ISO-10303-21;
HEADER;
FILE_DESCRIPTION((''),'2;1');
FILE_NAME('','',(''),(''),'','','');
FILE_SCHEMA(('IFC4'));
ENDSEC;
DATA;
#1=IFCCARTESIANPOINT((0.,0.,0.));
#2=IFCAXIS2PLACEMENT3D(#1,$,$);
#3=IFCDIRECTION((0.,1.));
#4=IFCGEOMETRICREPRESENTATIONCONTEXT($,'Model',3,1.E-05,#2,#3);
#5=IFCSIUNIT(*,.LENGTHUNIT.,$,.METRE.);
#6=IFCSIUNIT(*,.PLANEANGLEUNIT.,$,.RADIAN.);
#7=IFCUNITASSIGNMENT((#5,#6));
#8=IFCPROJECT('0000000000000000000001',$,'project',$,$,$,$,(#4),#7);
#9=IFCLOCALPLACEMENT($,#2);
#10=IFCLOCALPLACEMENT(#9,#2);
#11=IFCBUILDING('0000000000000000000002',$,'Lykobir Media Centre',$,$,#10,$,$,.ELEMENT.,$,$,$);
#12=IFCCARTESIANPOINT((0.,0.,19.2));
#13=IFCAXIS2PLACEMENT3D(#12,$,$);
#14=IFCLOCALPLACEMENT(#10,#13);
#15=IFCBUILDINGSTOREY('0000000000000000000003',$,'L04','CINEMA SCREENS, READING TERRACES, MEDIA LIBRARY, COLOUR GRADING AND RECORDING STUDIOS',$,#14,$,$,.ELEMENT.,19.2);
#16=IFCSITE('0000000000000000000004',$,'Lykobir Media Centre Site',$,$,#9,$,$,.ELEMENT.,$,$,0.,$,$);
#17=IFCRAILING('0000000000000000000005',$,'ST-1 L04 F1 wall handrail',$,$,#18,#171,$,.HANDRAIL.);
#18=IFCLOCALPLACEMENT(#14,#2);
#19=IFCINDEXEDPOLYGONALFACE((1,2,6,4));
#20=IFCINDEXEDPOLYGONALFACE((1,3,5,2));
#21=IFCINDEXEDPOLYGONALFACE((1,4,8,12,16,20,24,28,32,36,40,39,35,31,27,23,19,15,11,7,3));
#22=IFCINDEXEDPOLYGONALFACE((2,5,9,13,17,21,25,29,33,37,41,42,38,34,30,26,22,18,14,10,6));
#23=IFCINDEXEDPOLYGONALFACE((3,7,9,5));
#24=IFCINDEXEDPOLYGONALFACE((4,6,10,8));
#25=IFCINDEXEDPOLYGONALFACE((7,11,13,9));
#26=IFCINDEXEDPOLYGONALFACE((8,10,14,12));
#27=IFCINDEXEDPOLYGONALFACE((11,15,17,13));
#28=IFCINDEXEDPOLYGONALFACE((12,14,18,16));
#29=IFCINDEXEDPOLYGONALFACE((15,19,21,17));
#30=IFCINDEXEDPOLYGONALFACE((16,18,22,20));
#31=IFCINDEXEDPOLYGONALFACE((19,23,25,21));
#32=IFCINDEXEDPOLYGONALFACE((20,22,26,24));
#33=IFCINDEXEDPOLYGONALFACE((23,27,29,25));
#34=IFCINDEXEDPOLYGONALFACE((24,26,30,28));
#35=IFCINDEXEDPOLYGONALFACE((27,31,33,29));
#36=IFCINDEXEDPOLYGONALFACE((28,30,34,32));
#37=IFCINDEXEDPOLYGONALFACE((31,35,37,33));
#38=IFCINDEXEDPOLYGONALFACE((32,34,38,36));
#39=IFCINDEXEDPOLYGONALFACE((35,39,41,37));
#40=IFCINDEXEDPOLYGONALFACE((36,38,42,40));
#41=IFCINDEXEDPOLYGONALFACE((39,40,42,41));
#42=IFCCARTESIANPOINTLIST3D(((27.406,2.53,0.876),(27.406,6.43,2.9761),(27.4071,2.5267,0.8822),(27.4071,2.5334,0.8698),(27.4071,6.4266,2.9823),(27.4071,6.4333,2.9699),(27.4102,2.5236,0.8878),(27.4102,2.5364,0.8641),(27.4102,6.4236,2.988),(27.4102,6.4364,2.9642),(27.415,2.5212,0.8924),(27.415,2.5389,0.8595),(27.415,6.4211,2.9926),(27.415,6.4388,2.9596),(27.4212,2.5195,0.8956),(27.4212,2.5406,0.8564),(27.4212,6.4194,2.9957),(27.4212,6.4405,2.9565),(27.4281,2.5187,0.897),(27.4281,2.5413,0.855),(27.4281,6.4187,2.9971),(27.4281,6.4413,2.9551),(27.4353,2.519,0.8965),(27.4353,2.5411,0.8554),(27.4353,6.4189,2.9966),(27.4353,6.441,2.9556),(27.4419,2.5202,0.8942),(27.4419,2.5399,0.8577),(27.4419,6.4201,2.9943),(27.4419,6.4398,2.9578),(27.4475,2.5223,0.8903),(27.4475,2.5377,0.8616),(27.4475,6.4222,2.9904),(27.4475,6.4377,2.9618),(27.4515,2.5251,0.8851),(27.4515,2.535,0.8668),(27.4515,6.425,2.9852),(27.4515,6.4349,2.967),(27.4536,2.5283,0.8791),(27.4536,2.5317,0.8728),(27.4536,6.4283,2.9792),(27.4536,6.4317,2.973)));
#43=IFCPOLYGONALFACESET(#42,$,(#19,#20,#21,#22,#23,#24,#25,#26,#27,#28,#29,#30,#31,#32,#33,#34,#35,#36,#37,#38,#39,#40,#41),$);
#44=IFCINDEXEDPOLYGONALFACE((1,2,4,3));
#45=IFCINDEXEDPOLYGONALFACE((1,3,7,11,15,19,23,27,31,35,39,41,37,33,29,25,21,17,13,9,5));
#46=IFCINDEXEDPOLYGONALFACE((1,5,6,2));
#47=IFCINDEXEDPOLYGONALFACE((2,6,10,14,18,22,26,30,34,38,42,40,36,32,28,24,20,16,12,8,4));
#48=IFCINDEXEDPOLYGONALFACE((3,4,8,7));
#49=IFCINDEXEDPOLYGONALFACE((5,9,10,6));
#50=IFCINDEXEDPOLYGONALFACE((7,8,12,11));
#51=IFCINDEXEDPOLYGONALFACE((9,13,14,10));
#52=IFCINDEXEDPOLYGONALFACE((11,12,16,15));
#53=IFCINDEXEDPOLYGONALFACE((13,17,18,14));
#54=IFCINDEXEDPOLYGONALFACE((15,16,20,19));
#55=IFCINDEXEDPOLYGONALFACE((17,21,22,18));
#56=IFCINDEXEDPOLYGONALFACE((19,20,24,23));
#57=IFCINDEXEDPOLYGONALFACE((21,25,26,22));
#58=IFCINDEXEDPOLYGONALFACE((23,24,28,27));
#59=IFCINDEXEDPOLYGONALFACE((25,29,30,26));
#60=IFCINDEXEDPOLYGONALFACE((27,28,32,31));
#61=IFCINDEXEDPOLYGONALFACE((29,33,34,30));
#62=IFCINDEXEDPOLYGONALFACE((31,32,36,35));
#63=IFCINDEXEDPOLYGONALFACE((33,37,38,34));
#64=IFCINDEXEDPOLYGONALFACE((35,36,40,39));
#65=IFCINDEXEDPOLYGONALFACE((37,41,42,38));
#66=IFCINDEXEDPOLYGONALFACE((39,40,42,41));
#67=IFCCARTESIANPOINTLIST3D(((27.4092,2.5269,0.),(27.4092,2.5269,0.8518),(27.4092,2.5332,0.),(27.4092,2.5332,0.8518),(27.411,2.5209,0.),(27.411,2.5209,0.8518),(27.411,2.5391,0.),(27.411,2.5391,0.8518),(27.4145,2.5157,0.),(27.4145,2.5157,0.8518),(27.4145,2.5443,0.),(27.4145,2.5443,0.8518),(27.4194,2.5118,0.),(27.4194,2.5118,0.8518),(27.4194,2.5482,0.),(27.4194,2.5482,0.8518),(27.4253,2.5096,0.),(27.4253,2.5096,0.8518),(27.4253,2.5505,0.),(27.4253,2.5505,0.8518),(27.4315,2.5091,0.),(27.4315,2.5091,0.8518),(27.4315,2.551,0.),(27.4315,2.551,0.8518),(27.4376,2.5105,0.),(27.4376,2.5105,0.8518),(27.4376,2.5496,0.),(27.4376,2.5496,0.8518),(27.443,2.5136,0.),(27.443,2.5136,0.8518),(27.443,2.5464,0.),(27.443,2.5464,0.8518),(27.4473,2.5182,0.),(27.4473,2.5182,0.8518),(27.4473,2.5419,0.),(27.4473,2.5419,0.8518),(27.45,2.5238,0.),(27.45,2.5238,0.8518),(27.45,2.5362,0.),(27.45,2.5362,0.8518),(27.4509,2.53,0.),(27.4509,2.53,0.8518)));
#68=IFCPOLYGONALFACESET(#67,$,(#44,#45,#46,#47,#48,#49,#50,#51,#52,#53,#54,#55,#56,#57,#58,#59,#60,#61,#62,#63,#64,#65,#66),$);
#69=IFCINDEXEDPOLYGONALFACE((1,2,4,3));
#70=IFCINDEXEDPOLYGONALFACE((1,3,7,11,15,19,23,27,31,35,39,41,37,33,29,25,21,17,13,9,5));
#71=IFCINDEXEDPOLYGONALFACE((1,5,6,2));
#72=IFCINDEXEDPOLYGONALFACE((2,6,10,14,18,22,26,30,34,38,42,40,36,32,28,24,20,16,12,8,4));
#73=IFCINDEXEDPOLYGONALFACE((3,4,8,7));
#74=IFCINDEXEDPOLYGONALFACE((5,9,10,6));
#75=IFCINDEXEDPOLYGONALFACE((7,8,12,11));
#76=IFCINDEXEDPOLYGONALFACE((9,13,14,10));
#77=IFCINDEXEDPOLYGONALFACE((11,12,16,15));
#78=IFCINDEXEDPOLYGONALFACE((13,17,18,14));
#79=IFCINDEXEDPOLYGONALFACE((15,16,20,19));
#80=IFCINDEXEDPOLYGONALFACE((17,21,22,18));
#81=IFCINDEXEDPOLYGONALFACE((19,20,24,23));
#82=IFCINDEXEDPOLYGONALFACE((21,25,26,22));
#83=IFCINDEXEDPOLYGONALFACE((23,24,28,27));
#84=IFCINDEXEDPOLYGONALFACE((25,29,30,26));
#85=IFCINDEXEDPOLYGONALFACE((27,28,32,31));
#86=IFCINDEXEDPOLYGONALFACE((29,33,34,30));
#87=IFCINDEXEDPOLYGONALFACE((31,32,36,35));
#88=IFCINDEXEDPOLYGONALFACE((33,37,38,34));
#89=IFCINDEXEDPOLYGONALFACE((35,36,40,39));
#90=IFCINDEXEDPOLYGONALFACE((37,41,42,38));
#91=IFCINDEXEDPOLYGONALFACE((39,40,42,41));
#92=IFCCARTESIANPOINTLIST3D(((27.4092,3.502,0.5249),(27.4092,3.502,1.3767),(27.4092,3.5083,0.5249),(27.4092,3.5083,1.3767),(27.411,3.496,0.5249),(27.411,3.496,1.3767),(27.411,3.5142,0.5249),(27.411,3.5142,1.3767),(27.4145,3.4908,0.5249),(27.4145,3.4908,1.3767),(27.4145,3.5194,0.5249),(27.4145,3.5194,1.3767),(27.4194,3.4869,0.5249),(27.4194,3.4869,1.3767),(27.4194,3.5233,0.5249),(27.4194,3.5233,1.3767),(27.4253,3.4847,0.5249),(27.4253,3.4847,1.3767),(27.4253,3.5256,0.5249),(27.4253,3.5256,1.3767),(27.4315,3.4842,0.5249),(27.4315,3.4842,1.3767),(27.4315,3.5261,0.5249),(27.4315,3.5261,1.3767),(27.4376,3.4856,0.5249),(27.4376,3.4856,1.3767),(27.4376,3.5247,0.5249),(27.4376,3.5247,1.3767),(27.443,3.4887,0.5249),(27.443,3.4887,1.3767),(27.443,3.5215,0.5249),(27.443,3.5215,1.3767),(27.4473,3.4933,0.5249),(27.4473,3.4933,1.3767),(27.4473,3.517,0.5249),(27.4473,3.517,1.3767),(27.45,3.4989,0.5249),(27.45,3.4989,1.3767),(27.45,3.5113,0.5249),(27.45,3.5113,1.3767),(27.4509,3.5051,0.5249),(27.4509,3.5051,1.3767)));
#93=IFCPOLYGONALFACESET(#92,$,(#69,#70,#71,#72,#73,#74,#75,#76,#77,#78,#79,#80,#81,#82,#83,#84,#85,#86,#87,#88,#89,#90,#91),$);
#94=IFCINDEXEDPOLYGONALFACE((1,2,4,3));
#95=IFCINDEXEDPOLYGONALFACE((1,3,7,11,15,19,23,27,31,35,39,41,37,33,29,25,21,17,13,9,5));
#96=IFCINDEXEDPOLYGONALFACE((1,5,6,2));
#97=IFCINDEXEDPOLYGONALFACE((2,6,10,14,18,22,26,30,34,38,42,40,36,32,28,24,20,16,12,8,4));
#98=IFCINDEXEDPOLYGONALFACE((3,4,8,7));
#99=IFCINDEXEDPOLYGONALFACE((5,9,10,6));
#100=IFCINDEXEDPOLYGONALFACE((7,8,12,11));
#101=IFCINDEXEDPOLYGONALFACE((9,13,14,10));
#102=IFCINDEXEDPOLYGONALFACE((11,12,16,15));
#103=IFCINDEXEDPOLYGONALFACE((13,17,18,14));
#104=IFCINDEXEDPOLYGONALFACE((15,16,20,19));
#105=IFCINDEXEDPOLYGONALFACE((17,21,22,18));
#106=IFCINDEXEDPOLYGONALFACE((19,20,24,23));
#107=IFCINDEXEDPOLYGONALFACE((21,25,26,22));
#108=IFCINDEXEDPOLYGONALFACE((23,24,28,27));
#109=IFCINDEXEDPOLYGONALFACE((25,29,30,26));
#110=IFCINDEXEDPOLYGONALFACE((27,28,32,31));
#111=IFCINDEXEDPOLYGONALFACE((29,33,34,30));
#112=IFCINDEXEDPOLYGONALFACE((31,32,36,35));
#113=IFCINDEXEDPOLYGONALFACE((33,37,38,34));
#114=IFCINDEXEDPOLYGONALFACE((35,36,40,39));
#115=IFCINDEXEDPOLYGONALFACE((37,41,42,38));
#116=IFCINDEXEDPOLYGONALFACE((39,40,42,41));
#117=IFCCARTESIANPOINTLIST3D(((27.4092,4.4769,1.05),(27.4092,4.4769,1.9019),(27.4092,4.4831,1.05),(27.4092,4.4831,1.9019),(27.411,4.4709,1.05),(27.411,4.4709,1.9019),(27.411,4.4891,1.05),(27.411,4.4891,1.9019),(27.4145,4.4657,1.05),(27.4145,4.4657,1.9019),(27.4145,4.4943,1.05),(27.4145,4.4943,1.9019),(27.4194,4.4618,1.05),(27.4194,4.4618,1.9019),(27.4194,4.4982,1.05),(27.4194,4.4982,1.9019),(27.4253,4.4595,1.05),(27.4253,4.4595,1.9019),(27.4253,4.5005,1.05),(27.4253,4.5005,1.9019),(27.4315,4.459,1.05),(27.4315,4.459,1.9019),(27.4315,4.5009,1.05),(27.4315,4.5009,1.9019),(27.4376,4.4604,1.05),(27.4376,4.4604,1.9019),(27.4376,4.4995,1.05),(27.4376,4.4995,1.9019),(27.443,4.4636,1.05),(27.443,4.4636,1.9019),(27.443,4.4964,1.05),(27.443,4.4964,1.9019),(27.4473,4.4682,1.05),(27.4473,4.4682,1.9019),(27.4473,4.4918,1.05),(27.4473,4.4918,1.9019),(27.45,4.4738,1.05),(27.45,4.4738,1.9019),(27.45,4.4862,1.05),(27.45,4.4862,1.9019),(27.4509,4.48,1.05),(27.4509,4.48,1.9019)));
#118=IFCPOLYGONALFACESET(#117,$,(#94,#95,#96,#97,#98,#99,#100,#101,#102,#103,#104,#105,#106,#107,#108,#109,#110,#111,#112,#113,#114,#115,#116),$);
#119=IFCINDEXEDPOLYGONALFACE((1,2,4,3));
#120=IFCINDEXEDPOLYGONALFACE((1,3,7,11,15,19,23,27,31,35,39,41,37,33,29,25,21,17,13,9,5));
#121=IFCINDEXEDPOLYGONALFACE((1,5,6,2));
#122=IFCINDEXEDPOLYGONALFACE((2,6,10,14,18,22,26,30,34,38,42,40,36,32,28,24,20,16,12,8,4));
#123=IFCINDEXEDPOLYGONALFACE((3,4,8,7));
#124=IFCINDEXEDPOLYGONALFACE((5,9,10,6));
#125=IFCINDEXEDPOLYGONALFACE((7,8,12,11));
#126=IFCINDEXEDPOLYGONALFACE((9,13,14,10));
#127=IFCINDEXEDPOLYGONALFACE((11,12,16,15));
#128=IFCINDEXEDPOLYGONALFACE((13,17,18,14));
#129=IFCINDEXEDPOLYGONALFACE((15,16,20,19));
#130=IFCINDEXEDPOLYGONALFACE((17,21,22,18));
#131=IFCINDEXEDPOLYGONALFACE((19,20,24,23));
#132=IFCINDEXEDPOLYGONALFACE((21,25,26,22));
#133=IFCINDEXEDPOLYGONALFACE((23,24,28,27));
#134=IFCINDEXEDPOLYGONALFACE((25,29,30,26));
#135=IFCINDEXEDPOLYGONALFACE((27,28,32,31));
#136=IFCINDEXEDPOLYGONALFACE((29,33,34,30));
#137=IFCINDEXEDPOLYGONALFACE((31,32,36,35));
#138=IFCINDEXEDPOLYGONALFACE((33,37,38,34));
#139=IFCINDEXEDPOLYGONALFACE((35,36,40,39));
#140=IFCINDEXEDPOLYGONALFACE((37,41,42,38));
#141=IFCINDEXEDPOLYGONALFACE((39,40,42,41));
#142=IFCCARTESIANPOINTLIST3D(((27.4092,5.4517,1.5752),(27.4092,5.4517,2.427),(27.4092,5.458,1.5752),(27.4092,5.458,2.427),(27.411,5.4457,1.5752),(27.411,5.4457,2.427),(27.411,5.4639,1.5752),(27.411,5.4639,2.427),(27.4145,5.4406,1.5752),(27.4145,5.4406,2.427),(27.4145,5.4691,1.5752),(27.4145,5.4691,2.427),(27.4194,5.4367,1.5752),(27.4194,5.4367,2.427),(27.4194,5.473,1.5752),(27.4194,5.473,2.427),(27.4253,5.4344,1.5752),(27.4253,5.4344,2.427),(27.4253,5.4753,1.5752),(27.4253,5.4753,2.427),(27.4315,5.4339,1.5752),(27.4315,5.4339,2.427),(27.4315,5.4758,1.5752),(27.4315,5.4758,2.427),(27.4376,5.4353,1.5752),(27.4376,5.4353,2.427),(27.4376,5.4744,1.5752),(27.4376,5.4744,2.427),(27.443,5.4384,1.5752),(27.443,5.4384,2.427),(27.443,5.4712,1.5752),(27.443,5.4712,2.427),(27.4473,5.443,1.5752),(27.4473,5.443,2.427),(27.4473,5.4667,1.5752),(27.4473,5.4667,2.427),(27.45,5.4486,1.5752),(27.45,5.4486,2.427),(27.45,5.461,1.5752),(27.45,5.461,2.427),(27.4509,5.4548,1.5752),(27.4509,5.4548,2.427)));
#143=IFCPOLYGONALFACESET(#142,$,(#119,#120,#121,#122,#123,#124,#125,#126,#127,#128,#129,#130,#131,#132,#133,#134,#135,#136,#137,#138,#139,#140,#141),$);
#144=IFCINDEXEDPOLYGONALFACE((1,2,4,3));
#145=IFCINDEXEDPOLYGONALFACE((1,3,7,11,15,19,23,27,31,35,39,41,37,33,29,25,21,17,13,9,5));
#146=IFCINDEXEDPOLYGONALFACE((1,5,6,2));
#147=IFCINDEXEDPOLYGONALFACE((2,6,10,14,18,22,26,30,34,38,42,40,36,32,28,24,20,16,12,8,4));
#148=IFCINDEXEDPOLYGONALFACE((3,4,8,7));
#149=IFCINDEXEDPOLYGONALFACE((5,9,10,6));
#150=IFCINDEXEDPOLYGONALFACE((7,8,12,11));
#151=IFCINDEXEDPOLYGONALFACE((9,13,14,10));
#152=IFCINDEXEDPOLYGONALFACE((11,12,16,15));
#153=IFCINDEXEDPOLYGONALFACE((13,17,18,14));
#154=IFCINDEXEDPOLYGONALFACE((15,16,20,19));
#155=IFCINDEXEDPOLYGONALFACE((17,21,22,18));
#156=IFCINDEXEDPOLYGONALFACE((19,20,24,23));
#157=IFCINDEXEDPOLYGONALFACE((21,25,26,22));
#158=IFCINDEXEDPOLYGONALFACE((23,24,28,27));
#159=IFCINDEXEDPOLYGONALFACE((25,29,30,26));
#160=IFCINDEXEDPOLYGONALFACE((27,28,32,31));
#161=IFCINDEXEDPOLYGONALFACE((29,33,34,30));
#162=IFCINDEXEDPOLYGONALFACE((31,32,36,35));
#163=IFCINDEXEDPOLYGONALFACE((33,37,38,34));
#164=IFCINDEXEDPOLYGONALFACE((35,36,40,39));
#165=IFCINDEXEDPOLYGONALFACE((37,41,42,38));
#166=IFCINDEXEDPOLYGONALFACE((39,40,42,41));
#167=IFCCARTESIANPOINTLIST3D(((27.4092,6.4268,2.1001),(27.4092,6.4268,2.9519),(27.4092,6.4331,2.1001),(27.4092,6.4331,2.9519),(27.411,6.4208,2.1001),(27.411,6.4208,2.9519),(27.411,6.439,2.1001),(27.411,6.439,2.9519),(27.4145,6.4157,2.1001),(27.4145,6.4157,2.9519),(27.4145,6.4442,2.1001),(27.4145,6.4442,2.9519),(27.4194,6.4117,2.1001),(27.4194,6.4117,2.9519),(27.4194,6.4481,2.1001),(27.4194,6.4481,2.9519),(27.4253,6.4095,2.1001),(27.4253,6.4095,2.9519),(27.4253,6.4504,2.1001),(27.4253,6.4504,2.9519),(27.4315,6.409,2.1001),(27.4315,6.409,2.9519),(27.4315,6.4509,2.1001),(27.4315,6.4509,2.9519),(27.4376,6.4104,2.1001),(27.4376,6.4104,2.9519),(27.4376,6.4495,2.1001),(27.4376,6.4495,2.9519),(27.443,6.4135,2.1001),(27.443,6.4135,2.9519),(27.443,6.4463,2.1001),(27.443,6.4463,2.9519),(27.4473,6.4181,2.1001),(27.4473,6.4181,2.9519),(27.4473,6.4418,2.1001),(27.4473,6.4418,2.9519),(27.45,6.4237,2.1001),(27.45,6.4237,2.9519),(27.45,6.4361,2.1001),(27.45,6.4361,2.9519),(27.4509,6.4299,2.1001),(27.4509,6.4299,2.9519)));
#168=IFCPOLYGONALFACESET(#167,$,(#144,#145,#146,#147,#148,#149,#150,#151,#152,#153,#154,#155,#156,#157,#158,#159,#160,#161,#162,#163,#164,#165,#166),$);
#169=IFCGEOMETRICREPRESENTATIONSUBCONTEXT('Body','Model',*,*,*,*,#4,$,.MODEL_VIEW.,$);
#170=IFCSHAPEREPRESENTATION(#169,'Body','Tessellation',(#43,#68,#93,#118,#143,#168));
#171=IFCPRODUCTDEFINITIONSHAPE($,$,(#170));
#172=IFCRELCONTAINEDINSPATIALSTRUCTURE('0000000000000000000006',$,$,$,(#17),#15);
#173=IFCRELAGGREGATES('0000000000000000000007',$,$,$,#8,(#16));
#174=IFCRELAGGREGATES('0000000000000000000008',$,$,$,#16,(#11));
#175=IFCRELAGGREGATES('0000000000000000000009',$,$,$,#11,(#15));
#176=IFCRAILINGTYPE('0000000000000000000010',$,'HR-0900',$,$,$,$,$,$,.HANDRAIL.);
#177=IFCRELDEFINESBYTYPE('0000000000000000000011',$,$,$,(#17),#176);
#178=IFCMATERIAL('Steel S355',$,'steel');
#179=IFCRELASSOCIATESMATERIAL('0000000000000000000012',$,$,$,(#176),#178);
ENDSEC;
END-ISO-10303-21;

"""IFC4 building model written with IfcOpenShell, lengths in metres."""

from ifc_helpers import new_model, si_unit, direction, frame, origin, origin_2d, place, context, subcontext, project, spatial, circle, extrude, material, type_object, element, save


model = new_model("IFC4")

# Units and contexts
model_context = context("Model", 3, precision=1e-05, world=origin(), true_north=direction((0.0, 1.0)))
body_context = subcontext(model_context, "Body", "Model", "MODEL_VIEW")
ifc_project = project(units=[si_unit("LENGTHUNIT", "METRE"), si_unit("PLANEANGLEUNIT", "RADIAN")], contexts=[model_context])

# Site, building, storey
site_placement = place(None, origin())
site = spatial("IfcSite", under=ifc_project, at=site_placement, Name="Lykobir Media Centre Site", CompositionType="ELEMENT", RefElevation=0.0)
building_placement = place(site_placement, origin())
building = spatial("IfcBuilding", under=site, at=building_placement, Name="Lykobir Media Centre", CompositionType="ELEMENT")
storey_placement = place(building_placement, frame((0.0, 0.0, 19.2)))
storey = spatial("IfcBuildingStorey", under=building, at=storey_placement, Name="L04", Description="CINEMA SCREENS, READING TERRACES, MEDIA LIBRARY, COLOUR GRADING AND RECORDING STUDIOS", CompositionType="ELEMENT", Elevation=19.2)

# Shared definitions
ifc_material_1 = material(Name="Steel S355", Category="steel")

# Railing
railing_type_1 = type_object("IfcRailingType", Name="HR-0900", PredefinedType="HANDRAIL", material=ifc_material_1)
railing_1_placement = place(storey_placement, frame((27.4299, 2.53, 0.0)))
element("IfcRailing", 1, at=railing_1_placement, inside=storey, type_object=railing_type_1, Name="ST-1 L04 F1 wall handrail", PredefinedType="HANDRAIL", context=body_context, shape_type="SweptSolid", body=[
    extrude(circle(Radius=0.0239, at=origin_2d()), frame((0.0, 0.0, 0.876), z_axis=(0.0, 0.880457, 0.474126), x_axis=(-1.0, 0.0, 0.0)), (0.0, 0.0, 1.0), 4.4294),
    extrude(circle(Radius=0.021, at=origin_2d()), origin(), (0.0, 0.0, 1.0), 0.8518),
    extrude(circle(Radius=0.021, at=origin_2d()), frame((0.0, 0.9751, 0.5249)), (0.0, 0.0, 1.0), 0.8518),
    extrude(circle(Radius=0.021, at=origin_2d()), frame((0.0, 1.95, 1.05)), (0.0, 0.0, 1.0), 0.8518),
    extrude(circle(Radius=0.021, at=origin_2d()), frame((0.0, 2.9248, 1.5752)), (0.0, 0.0, 1.0), 0.8518),
    extrude(circle(Radius=0.021, at=origin_2d()), frame((0.0, 3.8999, 2.1001)), (0.0, 0.0, 1.0), 0.8518),
])

save(model, "model.ifc")
